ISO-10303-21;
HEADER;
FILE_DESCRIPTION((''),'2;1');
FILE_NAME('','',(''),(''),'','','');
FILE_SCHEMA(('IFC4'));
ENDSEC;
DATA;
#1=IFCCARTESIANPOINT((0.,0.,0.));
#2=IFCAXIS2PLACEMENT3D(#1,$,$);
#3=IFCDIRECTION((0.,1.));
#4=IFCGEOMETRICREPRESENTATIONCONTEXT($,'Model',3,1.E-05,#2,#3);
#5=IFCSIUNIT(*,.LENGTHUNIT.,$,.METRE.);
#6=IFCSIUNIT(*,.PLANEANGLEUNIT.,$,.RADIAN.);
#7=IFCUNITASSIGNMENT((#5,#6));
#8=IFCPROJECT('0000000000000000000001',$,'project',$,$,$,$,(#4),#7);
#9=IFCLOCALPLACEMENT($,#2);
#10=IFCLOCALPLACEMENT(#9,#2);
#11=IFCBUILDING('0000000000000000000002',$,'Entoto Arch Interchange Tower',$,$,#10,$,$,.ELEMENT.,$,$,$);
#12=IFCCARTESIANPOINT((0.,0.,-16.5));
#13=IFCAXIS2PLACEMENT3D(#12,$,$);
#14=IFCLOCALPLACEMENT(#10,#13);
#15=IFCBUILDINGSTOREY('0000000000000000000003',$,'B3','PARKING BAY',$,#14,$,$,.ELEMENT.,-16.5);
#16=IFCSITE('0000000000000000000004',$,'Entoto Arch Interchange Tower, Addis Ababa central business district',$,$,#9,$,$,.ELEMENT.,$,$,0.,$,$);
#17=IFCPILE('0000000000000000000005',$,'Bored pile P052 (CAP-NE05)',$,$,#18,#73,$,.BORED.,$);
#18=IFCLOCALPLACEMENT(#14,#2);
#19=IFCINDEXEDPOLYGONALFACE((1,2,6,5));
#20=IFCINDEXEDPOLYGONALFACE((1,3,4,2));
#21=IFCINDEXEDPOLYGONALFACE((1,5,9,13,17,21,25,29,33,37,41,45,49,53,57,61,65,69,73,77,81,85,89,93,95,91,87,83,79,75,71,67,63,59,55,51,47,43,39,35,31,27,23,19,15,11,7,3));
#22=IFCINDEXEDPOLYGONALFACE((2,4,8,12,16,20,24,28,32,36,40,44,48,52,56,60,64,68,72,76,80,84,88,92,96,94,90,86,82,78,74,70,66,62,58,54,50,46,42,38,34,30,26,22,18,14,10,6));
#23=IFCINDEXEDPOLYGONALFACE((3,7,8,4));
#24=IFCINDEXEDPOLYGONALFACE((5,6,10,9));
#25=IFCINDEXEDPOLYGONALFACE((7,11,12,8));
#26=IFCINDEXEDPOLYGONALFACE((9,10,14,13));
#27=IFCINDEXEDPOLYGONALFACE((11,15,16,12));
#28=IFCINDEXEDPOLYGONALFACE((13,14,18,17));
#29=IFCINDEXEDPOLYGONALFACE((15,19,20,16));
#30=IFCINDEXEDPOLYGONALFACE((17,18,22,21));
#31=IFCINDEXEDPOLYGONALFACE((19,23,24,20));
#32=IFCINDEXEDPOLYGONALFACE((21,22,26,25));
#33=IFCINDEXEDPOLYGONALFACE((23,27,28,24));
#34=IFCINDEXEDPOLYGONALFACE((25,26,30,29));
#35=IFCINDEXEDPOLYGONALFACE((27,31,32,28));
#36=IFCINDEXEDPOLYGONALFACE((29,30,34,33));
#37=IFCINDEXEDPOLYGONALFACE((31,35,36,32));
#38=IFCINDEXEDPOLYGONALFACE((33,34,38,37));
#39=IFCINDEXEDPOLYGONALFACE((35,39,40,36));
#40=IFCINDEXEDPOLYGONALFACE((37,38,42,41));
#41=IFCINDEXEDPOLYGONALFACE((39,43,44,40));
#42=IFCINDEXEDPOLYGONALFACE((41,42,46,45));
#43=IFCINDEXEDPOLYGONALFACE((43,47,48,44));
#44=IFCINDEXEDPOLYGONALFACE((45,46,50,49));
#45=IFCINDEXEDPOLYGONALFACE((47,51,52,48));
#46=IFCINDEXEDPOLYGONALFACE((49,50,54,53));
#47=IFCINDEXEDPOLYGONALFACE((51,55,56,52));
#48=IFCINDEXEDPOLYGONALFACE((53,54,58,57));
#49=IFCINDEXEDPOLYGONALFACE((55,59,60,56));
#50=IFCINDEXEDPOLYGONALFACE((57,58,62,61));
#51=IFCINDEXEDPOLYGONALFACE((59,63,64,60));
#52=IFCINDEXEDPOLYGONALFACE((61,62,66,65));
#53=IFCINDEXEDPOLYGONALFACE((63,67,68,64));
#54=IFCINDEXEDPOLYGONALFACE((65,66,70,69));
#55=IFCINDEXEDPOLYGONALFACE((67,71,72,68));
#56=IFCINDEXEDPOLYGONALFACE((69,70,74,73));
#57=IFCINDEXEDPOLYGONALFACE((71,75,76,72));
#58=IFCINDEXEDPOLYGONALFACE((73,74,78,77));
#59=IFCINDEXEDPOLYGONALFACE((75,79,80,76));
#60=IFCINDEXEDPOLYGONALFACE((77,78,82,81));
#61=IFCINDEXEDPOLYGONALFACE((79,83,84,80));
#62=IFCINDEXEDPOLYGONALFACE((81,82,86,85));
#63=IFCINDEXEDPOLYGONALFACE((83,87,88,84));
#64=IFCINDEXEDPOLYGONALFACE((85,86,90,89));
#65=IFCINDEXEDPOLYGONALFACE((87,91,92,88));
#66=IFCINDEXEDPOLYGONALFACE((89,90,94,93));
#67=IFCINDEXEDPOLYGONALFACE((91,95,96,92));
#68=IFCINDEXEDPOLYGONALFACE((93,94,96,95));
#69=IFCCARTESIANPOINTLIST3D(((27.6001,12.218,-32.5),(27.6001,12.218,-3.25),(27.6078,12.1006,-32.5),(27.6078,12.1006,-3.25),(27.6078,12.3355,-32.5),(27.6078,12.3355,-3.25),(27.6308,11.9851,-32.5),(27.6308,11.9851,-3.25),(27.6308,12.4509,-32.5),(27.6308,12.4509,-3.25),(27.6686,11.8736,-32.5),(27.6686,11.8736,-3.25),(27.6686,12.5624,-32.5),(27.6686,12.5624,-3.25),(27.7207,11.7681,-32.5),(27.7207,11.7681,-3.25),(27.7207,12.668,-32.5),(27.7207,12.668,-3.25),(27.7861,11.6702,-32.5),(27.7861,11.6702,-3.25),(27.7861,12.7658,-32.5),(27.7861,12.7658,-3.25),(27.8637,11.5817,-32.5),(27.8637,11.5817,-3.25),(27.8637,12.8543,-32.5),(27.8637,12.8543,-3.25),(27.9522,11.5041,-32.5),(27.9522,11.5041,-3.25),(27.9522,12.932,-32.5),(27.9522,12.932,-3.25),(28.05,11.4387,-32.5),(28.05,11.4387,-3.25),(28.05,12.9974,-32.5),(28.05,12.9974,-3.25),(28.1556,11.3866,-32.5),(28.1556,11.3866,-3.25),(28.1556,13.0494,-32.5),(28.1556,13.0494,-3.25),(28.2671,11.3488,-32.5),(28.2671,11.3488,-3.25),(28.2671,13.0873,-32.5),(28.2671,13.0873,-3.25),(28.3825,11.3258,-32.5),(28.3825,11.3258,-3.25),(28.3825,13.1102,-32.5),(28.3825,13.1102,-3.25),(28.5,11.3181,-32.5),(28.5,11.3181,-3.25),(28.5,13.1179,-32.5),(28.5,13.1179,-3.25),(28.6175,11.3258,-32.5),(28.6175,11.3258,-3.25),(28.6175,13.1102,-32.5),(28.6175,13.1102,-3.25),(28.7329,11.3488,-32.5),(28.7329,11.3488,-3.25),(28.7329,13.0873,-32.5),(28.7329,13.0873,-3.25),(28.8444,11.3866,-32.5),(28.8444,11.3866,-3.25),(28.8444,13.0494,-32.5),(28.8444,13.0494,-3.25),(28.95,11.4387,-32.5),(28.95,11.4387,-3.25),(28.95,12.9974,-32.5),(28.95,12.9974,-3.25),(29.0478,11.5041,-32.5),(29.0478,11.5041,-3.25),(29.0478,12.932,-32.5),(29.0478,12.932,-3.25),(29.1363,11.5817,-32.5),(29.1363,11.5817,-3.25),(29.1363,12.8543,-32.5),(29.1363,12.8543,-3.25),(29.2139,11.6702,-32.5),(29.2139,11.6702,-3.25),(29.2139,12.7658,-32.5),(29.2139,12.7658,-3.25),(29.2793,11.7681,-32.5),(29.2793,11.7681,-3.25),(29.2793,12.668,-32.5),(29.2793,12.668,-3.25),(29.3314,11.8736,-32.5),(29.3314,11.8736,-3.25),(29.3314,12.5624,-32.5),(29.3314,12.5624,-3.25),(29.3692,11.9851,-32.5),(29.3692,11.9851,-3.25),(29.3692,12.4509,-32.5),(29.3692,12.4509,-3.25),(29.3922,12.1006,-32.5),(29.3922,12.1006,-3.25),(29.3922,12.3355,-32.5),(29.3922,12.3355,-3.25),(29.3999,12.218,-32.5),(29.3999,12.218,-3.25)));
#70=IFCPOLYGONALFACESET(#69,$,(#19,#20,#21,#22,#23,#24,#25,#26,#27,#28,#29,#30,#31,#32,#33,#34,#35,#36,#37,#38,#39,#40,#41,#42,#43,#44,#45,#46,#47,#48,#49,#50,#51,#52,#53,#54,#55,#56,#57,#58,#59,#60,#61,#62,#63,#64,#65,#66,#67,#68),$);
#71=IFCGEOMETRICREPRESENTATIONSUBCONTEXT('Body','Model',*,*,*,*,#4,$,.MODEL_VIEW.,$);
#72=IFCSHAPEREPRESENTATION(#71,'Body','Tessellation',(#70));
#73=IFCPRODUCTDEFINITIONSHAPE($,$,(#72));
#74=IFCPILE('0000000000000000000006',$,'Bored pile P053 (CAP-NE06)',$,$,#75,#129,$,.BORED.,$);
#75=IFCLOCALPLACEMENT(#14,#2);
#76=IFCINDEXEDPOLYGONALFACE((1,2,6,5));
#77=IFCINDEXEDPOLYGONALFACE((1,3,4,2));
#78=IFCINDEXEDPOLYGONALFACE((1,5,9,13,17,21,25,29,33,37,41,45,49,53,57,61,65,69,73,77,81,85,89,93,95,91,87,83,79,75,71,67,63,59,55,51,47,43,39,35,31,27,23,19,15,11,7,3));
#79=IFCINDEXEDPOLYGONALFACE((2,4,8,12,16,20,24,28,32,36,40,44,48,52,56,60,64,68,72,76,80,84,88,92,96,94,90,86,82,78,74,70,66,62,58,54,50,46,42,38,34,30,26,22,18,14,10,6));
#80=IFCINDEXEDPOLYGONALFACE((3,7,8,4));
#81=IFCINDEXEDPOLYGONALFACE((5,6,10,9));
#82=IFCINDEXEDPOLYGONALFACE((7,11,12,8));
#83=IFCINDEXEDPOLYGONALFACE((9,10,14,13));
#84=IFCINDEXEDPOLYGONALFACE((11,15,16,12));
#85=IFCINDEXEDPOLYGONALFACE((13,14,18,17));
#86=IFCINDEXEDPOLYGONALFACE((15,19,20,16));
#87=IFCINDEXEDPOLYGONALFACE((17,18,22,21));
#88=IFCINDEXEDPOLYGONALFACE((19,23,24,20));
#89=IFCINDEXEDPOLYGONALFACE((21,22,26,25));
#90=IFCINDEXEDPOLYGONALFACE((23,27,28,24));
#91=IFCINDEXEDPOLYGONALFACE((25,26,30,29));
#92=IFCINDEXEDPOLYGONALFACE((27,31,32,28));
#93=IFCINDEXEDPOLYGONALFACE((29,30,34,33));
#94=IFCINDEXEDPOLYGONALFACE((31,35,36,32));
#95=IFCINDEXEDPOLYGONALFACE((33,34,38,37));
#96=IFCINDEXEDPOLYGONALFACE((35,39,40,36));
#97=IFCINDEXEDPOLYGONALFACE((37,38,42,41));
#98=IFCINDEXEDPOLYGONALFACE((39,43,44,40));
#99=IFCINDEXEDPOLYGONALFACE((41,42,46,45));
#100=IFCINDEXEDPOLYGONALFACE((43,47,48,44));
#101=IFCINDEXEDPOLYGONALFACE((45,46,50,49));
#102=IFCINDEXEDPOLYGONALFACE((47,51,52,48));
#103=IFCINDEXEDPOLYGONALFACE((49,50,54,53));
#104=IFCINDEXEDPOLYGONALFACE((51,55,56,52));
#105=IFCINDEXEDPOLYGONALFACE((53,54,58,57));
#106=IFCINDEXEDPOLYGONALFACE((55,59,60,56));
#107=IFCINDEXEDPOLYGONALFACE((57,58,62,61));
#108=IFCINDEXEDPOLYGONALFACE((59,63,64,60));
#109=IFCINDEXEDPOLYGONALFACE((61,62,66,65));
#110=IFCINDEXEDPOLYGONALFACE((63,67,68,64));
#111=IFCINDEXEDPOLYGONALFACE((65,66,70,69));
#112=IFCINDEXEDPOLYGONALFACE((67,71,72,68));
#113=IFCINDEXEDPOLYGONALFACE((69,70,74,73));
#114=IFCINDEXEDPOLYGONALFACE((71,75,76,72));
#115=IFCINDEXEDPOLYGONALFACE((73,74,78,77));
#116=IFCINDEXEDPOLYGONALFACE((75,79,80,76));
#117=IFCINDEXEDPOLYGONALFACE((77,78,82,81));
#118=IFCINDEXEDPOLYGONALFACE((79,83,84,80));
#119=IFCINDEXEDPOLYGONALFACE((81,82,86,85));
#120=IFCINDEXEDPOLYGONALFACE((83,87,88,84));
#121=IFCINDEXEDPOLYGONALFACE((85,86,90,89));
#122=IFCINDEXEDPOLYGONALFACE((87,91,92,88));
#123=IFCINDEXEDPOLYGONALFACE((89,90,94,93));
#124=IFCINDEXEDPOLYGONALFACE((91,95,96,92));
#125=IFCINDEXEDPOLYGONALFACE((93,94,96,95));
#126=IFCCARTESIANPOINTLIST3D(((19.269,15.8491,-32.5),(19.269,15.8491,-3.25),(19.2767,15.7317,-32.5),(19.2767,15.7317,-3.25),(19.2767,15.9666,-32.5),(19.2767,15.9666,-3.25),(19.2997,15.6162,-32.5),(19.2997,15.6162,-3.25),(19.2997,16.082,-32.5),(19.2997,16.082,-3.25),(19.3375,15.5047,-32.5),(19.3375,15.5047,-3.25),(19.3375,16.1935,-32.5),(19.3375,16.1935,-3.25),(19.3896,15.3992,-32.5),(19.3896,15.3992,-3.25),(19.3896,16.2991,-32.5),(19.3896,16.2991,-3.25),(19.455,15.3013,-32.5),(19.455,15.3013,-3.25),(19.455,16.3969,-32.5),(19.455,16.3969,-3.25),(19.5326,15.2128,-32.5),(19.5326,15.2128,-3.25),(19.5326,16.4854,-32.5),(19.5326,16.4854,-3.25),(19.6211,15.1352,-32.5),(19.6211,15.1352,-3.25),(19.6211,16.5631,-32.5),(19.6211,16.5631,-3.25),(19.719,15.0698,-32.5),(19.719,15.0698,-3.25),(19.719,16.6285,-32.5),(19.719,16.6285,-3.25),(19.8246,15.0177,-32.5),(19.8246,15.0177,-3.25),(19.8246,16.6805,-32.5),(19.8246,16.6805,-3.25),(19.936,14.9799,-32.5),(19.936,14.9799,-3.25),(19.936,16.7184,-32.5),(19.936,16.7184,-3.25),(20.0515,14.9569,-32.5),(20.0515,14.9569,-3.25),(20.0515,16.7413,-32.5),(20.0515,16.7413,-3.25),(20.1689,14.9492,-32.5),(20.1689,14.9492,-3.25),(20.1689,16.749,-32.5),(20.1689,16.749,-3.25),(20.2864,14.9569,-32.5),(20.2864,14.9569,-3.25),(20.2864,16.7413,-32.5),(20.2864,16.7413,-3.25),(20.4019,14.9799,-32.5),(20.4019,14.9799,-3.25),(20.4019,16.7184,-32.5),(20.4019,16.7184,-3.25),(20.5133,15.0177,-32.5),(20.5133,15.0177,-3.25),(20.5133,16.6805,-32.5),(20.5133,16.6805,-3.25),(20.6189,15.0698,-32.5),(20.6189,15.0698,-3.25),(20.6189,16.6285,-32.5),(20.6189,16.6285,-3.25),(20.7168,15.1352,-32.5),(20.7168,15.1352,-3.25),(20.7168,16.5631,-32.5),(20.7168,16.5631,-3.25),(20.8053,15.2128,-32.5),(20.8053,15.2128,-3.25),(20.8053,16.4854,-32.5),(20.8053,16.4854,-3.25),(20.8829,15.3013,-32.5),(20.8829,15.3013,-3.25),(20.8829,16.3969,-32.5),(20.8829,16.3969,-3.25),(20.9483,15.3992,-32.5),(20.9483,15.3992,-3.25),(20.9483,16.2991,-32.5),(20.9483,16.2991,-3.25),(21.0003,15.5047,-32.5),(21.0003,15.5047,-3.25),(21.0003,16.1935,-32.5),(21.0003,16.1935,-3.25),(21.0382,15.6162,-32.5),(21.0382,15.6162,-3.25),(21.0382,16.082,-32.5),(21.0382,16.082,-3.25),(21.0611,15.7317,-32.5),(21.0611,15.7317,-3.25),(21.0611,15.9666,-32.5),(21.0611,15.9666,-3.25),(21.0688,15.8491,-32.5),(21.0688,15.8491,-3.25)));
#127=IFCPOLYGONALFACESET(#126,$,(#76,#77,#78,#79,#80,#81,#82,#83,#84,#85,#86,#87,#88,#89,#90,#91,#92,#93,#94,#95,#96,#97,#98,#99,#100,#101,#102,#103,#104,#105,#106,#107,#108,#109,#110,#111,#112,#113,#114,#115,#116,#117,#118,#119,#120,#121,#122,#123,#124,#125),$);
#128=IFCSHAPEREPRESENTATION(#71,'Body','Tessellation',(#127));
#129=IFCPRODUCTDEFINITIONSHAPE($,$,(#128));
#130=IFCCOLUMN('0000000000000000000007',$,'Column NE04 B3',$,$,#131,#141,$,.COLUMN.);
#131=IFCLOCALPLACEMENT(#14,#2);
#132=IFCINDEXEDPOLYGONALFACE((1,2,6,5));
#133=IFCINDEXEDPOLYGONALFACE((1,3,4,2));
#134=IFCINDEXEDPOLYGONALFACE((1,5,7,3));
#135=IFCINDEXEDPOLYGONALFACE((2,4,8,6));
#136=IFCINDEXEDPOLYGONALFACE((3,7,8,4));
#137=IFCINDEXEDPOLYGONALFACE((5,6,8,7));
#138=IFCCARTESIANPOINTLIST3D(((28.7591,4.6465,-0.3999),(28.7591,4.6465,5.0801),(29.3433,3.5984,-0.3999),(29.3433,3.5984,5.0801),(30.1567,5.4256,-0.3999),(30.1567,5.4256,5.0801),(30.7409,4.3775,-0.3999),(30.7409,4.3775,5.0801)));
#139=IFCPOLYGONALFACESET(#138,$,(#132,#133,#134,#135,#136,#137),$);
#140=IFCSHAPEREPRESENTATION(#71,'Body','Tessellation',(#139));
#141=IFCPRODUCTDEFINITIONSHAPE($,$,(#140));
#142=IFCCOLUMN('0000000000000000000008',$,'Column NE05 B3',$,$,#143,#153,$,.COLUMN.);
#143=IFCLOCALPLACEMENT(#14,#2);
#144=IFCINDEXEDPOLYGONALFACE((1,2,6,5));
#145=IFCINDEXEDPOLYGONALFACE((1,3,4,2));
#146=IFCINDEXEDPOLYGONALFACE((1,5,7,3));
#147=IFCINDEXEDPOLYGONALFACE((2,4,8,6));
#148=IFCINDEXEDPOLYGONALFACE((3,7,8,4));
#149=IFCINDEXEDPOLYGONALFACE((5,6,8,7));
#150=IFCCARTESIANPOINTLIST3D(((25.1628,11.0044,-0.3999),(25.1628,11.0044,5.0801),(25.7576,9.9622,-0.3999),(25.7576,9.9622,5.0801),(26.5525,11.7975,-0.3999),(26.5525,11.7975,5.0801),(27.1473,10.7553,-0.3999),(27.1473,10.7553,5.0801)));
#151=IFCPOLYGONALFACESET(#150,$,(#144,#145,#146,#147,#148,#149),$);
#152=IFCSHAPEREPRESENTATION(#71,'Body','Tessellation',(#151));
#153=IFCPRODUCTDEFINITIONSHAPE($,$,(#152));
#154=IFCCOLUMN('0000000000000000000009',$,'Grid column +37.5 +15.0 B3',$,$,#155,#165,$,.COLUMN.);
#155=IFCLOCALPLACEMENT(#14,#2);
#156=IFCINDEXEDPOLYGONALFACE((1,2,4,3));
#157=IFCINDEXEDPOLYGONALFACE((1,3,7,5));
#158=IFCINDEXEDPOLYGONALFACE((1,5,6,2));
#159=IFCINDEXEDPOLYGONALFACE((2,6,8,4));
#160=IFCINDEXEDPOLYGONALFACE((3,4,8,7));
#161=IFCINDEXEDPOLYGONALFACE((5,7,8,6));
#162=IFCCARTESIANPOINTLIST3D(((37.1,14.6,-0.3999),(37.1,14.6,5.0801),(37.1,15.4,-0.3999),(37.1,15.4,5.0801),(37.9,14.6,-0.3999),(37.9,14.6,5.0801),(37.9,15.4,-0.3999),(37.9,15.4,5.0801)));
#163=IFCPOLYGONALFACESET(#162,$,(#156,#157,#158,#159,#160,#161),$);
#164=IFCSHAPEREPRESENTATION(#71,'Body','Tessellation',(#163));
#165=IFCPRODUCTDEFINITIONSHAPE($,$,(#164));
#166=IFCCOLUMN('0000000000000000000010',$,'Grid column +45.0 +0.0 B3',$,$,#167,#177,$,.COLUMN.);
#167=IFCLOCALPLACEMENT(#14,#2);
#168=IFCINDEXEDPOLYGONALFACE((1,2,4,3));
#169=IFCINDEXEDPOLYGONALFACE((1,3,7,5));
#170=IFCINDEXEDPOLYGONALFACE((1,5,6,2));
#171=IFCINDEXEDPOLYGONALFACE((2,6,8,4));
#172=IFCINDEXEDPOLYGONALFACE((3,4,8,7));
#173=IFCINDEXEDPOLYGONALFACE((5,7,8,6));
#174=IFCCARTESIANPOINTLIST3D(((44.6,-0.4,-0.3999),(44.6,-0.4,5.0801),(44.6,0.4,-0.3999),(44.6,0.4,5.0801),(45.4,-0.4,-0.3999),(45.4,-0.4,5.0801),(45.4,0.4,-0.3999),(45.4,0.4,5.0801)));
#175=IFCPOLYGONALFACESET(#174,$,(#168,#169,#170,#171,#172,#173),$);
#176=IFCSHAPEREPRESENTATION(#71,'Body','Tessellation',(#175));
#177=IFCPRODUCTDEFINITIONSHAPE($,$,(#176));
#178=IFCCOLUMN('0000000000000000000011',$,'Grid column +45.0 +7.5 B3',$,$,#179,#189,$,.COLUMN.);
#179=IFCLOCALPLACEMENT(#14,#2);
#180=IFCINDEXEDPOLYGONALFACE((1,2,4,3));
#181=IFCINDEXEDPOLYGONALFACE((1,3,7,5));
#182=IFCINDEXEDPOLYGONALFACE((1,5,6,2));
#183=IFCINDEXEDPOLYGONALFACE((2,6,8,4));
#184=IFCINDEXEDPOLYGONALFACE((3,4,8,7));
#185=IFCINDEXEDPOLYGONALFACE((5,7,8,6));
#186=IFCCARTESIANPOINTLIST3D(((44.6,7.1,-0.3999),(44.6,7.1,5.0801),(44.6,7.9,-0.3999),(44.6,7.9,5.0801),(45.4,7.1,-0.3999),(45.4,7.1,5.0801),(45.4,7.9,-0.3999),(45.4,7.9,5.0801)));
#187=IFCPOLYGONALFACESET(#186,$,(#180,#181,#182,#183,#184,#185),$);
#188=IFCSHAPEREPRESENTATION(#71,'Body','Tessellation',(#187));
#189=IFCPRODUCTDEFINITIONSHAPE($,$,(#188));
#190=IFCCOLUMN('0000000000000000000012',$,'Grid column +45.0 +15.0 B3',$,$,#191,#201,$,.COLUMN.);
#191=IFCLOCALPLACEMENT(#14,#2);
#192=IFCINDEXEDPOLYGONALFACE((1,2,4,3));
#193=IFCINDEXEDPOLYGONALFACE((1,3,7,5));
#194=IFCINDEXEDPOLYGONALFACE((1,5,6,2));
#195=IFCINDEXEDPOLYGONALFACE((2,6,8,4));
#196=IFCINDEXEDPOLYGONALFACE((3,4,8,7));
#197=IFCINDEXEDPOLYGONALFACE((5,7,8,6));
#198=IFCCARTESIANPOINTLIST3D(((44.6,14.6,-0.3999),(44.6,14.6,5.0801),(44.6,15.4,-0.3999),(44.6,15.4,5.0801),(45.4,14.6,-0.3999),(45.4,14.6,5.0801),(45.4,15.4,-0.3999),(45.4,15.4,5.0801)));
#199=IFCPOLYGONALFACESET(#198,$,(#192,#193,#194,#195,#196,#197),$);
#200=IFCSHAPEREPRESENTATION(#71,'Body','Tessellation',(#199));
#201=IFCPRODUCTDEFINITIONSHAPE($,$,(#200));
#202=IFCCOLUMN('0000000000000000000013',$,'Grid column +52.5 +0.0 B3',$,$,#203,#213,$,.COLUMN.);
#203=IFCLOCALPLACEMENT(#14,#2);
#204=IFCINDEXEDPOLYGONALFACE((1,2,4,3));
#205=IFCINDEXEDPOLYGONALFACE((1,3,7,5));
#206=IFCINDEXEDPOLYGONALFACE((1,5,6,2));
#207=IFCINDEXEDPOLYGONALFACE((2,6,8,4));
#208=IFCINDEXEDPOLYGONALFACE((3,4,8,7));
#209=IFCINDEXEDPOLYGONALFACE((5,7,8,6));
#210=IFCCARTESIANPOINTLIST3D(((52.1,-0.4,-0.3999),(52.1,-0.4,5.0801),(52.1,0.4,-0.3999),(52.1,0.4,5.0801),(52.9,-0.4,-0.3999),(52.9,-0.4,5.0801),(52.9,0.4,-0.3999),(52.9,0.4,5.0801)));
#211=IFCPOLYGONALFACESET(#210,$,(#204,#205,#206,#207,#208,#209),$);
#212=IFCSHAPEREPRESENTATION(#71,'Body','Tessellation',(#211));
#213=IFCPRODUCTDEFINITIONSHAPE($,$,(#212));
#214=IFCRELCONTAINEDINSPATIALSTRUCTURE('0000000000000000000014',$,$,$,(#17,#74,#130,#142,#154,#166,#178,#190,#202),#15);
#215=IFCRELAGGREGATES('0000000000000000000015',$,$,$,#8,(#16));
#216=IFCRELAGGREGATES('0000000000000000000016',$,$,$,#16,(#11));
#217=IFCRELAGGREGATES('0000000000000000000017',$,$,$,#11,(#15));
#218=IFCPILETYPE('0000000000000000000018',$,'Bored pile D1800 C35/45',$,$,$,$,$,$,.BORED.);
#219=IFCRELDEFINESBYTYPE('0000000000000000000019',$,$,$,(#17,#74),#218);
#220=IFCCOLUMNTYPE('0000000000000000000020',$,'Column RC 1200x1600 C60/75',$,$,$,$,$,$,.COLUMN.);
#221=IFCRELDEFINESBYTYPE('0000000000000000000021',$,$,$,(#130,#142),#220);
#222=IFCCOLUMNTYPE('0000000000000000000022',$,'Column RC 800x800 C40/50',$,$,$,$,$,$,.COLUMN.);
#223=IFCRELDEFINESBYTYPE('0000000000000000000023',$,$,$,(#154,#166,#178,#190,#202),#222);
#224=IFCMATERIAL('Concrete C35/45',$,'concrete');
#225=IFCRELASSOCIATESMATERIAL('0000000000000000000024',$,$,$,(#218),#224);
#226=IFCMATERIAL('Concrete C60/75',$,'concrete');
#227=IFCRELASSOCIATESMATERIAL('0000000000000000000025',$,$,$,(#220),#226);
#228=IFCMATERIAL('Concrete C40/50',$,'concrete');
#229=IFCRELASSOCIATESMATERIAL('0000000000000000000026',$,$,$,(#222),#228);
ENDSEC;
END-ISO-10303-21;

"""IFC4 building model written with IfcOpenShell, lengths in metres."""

from ifc_helpers import new_model, si_unit, direction, frame, origin, origin_2d, place, context, subcontext, project, spatial, rectangle, circle, extrude, material, material_profile, profile_set, type_object, element, save


model = new_model("IFC4")

# Units and contexts
model_context = context("Model", 3, precision=1e-05, world=origin(), true_north=direction((0.0, 1.0)))
body_context = subcontext(model_context, "Body", "Model", "MODEL_VIEW")
ifc_project = project(units=[si_unit("LENGTHUNIT", "METRE"), si_unit("PLANEANGLEUNIT", "RADIAN")], contexts=[model_context])

# Site, building, storey
site_placement = place(None, origin())
site = spatial("IfcSite", under=ifc_project, at=site_placement, Name="Entoto Arch Interchange Tower, Addis Ababa central business district", CompositionType="ELEMENT", RefElevation=0.0)
building_placement = place(site_placement, origin())
building = spatial("IfcBuilding", under=site, at=building_placement, Name="Entoto Arch Interchange Tower", CompositionType="ELEMENT")
storey_placement = place(building_placement, frame((0.0, 0.0, -16.5)))
storey = spatial("IfcBuildingStorey", under=building, at=storey_placement, Name="B3", Description="PARKING BAY", CompositionType="ELEMENT", Elevation=-16.5)

# Piles
ifc_material_1 = material(Name="Concrete C35/45", Category="concrete")
ifc_material_profile_1 = material_profile(ifc_material_1, circle(Radius=0.8999, at=origin_2d()))
ifc_profile_set_1 = profile_set([ifc_material_profile_1], Name="Concrete C35/45")
pile_type = type_object("IfcPileType", Name="Bored pile D1800 C35/45", PredefinedType="BORED", material=ifc_profile_set_1)
for number, where, z_axis, x_axis, name in (
    (1, (28.5, 12.218, -3.25), (0.0, 0.0, -1.0), (1.0, 0.0, 0.0), "Bored pile P052 (CAP-NE05)"),
    (2, (20.1689, 15.8491, -3.25), (0.0, 0.0, -1.0), (1.0, 0.0, 0.0), "Bored pile P053 (CAP-NE06)"),
):
    element("IfcPile", number, at=place(storey_placement, frame(where, z_axis=z_axis, x_axis=x_axis)), inside=storey, type_object=pile_type, Name=name, PredefinedType="BORED", context=body_context, shape_type="SweptSolid", body=[
        extrude(circle(Radius=0.8999, at=origin_2d()), origin(), (0.0, 0.0, 1.0), 29.25),
    ])

# Columns
ifc_material_2 = material(Name="Concrete C60/75", Category="concrete")
ifc_material_profile_2 = material_profile(ifc_material_2, rectangle(XDim=1.2, YDim=1.6001, at=origin_2d()))
ifc_profile_set_2 = profile_set([ifc_material_profile_2], Name="Concrete C60/75")
column_type_1 = type_object("IfcColumnType", Name="Column RC 1200x1600 C60/75", PredefinedType="COLUMN", material=ifc_profile_set_2)
for number, where, z_axis, x_axis, name in (
    (3, (29.75, 4.512, -0.3999), (0.0, 0.0, 1.0), (-0.486915, 0.873449, 0.0), "Column NE04 B3"),
    (4, (26.155, 10.8799, -0.3999), (0.0, 0.0, 1.0), (-0.495656, 0.868519, 0.0), "Column NE05 B3"),
):
    element("IfcColumn", number, at=place(storey_placement, frame(where, z_axis=z_axis, x_axis=x_axis)), inside=storey, type_object=column_type_1, Name=name, PredefinedType="COLUMN", context=body_context, shape_type="SweptSolid", body=[
        extrude(rectangle(XDim=1.2, YDim=1.6001, at=origin_2d()), origin(), (0.0, 0.0, 1.0), 5.48),
    ])
ifc_material_3 = material(Name="Concrete C40/50", Category="concrete")
ifc_material_profile_3 = material_profile(ifc_material_3, rectangle(XDim=0.8, YDim=0.8, at=origin_2d()))
ifc_profile_set_3 = profile_set([ifc_material_profile_3], Name="Concrete C40/50")
column_type_2 = type_object("IfcColumnType", Name="Column RC 800x800 C40/50", PredefinedType="COLUMN", material=ifc_profile_set_3)
for number, where, z_axis, x_axis, name in (
    (5, (37.5, 15.0, -0.3999), (0.0, 0.0, 1.0), (1.0, 0.0, 0.0), "Grid column +37.5 +15.0 B3"),
    (6, (45.0, 0.0, -0.3999), (0.0, 0.0, 1.0), (1.0, 0.0, 0.0), "Grid column +45.0 +0.0 B3"),
    (7, (45.0, 7.5, -0.3999), (0.0, 0.0, 1.0), (1.0, 0.0, 0.0), "Grid column +45.0 +7.5 B3"),
    (8, (45.0, 15.0, -0.3999), (0.0, 0.0, 1.0), (1.0, 0.0, 0.0), "Grid column +45.0 +15.0 B3"),
    (9, (52.5, 0.0, -0.3999), (0.0, 0.0, 1.0), (1.0, 0.0, 0.0), "Grid column +52.5 +0.0 B3"),
):
    element("IfcColumn", number, at=place(storey_placement, frame(where, z_axis=z_axis, x_axis=x_axis)), inside=storey, type_object=column_type_2, Name=name, PredefinedType="COLUMN", context=body_context, shape_type="SweptSolid", body=[
        extrude(rectangle(XDim=0.8, YDim=0.8, at=origin_2d()), origin(), (0.0, 0.0, 1.0), 5.48),
    ])

save(model, "model.ifc")
